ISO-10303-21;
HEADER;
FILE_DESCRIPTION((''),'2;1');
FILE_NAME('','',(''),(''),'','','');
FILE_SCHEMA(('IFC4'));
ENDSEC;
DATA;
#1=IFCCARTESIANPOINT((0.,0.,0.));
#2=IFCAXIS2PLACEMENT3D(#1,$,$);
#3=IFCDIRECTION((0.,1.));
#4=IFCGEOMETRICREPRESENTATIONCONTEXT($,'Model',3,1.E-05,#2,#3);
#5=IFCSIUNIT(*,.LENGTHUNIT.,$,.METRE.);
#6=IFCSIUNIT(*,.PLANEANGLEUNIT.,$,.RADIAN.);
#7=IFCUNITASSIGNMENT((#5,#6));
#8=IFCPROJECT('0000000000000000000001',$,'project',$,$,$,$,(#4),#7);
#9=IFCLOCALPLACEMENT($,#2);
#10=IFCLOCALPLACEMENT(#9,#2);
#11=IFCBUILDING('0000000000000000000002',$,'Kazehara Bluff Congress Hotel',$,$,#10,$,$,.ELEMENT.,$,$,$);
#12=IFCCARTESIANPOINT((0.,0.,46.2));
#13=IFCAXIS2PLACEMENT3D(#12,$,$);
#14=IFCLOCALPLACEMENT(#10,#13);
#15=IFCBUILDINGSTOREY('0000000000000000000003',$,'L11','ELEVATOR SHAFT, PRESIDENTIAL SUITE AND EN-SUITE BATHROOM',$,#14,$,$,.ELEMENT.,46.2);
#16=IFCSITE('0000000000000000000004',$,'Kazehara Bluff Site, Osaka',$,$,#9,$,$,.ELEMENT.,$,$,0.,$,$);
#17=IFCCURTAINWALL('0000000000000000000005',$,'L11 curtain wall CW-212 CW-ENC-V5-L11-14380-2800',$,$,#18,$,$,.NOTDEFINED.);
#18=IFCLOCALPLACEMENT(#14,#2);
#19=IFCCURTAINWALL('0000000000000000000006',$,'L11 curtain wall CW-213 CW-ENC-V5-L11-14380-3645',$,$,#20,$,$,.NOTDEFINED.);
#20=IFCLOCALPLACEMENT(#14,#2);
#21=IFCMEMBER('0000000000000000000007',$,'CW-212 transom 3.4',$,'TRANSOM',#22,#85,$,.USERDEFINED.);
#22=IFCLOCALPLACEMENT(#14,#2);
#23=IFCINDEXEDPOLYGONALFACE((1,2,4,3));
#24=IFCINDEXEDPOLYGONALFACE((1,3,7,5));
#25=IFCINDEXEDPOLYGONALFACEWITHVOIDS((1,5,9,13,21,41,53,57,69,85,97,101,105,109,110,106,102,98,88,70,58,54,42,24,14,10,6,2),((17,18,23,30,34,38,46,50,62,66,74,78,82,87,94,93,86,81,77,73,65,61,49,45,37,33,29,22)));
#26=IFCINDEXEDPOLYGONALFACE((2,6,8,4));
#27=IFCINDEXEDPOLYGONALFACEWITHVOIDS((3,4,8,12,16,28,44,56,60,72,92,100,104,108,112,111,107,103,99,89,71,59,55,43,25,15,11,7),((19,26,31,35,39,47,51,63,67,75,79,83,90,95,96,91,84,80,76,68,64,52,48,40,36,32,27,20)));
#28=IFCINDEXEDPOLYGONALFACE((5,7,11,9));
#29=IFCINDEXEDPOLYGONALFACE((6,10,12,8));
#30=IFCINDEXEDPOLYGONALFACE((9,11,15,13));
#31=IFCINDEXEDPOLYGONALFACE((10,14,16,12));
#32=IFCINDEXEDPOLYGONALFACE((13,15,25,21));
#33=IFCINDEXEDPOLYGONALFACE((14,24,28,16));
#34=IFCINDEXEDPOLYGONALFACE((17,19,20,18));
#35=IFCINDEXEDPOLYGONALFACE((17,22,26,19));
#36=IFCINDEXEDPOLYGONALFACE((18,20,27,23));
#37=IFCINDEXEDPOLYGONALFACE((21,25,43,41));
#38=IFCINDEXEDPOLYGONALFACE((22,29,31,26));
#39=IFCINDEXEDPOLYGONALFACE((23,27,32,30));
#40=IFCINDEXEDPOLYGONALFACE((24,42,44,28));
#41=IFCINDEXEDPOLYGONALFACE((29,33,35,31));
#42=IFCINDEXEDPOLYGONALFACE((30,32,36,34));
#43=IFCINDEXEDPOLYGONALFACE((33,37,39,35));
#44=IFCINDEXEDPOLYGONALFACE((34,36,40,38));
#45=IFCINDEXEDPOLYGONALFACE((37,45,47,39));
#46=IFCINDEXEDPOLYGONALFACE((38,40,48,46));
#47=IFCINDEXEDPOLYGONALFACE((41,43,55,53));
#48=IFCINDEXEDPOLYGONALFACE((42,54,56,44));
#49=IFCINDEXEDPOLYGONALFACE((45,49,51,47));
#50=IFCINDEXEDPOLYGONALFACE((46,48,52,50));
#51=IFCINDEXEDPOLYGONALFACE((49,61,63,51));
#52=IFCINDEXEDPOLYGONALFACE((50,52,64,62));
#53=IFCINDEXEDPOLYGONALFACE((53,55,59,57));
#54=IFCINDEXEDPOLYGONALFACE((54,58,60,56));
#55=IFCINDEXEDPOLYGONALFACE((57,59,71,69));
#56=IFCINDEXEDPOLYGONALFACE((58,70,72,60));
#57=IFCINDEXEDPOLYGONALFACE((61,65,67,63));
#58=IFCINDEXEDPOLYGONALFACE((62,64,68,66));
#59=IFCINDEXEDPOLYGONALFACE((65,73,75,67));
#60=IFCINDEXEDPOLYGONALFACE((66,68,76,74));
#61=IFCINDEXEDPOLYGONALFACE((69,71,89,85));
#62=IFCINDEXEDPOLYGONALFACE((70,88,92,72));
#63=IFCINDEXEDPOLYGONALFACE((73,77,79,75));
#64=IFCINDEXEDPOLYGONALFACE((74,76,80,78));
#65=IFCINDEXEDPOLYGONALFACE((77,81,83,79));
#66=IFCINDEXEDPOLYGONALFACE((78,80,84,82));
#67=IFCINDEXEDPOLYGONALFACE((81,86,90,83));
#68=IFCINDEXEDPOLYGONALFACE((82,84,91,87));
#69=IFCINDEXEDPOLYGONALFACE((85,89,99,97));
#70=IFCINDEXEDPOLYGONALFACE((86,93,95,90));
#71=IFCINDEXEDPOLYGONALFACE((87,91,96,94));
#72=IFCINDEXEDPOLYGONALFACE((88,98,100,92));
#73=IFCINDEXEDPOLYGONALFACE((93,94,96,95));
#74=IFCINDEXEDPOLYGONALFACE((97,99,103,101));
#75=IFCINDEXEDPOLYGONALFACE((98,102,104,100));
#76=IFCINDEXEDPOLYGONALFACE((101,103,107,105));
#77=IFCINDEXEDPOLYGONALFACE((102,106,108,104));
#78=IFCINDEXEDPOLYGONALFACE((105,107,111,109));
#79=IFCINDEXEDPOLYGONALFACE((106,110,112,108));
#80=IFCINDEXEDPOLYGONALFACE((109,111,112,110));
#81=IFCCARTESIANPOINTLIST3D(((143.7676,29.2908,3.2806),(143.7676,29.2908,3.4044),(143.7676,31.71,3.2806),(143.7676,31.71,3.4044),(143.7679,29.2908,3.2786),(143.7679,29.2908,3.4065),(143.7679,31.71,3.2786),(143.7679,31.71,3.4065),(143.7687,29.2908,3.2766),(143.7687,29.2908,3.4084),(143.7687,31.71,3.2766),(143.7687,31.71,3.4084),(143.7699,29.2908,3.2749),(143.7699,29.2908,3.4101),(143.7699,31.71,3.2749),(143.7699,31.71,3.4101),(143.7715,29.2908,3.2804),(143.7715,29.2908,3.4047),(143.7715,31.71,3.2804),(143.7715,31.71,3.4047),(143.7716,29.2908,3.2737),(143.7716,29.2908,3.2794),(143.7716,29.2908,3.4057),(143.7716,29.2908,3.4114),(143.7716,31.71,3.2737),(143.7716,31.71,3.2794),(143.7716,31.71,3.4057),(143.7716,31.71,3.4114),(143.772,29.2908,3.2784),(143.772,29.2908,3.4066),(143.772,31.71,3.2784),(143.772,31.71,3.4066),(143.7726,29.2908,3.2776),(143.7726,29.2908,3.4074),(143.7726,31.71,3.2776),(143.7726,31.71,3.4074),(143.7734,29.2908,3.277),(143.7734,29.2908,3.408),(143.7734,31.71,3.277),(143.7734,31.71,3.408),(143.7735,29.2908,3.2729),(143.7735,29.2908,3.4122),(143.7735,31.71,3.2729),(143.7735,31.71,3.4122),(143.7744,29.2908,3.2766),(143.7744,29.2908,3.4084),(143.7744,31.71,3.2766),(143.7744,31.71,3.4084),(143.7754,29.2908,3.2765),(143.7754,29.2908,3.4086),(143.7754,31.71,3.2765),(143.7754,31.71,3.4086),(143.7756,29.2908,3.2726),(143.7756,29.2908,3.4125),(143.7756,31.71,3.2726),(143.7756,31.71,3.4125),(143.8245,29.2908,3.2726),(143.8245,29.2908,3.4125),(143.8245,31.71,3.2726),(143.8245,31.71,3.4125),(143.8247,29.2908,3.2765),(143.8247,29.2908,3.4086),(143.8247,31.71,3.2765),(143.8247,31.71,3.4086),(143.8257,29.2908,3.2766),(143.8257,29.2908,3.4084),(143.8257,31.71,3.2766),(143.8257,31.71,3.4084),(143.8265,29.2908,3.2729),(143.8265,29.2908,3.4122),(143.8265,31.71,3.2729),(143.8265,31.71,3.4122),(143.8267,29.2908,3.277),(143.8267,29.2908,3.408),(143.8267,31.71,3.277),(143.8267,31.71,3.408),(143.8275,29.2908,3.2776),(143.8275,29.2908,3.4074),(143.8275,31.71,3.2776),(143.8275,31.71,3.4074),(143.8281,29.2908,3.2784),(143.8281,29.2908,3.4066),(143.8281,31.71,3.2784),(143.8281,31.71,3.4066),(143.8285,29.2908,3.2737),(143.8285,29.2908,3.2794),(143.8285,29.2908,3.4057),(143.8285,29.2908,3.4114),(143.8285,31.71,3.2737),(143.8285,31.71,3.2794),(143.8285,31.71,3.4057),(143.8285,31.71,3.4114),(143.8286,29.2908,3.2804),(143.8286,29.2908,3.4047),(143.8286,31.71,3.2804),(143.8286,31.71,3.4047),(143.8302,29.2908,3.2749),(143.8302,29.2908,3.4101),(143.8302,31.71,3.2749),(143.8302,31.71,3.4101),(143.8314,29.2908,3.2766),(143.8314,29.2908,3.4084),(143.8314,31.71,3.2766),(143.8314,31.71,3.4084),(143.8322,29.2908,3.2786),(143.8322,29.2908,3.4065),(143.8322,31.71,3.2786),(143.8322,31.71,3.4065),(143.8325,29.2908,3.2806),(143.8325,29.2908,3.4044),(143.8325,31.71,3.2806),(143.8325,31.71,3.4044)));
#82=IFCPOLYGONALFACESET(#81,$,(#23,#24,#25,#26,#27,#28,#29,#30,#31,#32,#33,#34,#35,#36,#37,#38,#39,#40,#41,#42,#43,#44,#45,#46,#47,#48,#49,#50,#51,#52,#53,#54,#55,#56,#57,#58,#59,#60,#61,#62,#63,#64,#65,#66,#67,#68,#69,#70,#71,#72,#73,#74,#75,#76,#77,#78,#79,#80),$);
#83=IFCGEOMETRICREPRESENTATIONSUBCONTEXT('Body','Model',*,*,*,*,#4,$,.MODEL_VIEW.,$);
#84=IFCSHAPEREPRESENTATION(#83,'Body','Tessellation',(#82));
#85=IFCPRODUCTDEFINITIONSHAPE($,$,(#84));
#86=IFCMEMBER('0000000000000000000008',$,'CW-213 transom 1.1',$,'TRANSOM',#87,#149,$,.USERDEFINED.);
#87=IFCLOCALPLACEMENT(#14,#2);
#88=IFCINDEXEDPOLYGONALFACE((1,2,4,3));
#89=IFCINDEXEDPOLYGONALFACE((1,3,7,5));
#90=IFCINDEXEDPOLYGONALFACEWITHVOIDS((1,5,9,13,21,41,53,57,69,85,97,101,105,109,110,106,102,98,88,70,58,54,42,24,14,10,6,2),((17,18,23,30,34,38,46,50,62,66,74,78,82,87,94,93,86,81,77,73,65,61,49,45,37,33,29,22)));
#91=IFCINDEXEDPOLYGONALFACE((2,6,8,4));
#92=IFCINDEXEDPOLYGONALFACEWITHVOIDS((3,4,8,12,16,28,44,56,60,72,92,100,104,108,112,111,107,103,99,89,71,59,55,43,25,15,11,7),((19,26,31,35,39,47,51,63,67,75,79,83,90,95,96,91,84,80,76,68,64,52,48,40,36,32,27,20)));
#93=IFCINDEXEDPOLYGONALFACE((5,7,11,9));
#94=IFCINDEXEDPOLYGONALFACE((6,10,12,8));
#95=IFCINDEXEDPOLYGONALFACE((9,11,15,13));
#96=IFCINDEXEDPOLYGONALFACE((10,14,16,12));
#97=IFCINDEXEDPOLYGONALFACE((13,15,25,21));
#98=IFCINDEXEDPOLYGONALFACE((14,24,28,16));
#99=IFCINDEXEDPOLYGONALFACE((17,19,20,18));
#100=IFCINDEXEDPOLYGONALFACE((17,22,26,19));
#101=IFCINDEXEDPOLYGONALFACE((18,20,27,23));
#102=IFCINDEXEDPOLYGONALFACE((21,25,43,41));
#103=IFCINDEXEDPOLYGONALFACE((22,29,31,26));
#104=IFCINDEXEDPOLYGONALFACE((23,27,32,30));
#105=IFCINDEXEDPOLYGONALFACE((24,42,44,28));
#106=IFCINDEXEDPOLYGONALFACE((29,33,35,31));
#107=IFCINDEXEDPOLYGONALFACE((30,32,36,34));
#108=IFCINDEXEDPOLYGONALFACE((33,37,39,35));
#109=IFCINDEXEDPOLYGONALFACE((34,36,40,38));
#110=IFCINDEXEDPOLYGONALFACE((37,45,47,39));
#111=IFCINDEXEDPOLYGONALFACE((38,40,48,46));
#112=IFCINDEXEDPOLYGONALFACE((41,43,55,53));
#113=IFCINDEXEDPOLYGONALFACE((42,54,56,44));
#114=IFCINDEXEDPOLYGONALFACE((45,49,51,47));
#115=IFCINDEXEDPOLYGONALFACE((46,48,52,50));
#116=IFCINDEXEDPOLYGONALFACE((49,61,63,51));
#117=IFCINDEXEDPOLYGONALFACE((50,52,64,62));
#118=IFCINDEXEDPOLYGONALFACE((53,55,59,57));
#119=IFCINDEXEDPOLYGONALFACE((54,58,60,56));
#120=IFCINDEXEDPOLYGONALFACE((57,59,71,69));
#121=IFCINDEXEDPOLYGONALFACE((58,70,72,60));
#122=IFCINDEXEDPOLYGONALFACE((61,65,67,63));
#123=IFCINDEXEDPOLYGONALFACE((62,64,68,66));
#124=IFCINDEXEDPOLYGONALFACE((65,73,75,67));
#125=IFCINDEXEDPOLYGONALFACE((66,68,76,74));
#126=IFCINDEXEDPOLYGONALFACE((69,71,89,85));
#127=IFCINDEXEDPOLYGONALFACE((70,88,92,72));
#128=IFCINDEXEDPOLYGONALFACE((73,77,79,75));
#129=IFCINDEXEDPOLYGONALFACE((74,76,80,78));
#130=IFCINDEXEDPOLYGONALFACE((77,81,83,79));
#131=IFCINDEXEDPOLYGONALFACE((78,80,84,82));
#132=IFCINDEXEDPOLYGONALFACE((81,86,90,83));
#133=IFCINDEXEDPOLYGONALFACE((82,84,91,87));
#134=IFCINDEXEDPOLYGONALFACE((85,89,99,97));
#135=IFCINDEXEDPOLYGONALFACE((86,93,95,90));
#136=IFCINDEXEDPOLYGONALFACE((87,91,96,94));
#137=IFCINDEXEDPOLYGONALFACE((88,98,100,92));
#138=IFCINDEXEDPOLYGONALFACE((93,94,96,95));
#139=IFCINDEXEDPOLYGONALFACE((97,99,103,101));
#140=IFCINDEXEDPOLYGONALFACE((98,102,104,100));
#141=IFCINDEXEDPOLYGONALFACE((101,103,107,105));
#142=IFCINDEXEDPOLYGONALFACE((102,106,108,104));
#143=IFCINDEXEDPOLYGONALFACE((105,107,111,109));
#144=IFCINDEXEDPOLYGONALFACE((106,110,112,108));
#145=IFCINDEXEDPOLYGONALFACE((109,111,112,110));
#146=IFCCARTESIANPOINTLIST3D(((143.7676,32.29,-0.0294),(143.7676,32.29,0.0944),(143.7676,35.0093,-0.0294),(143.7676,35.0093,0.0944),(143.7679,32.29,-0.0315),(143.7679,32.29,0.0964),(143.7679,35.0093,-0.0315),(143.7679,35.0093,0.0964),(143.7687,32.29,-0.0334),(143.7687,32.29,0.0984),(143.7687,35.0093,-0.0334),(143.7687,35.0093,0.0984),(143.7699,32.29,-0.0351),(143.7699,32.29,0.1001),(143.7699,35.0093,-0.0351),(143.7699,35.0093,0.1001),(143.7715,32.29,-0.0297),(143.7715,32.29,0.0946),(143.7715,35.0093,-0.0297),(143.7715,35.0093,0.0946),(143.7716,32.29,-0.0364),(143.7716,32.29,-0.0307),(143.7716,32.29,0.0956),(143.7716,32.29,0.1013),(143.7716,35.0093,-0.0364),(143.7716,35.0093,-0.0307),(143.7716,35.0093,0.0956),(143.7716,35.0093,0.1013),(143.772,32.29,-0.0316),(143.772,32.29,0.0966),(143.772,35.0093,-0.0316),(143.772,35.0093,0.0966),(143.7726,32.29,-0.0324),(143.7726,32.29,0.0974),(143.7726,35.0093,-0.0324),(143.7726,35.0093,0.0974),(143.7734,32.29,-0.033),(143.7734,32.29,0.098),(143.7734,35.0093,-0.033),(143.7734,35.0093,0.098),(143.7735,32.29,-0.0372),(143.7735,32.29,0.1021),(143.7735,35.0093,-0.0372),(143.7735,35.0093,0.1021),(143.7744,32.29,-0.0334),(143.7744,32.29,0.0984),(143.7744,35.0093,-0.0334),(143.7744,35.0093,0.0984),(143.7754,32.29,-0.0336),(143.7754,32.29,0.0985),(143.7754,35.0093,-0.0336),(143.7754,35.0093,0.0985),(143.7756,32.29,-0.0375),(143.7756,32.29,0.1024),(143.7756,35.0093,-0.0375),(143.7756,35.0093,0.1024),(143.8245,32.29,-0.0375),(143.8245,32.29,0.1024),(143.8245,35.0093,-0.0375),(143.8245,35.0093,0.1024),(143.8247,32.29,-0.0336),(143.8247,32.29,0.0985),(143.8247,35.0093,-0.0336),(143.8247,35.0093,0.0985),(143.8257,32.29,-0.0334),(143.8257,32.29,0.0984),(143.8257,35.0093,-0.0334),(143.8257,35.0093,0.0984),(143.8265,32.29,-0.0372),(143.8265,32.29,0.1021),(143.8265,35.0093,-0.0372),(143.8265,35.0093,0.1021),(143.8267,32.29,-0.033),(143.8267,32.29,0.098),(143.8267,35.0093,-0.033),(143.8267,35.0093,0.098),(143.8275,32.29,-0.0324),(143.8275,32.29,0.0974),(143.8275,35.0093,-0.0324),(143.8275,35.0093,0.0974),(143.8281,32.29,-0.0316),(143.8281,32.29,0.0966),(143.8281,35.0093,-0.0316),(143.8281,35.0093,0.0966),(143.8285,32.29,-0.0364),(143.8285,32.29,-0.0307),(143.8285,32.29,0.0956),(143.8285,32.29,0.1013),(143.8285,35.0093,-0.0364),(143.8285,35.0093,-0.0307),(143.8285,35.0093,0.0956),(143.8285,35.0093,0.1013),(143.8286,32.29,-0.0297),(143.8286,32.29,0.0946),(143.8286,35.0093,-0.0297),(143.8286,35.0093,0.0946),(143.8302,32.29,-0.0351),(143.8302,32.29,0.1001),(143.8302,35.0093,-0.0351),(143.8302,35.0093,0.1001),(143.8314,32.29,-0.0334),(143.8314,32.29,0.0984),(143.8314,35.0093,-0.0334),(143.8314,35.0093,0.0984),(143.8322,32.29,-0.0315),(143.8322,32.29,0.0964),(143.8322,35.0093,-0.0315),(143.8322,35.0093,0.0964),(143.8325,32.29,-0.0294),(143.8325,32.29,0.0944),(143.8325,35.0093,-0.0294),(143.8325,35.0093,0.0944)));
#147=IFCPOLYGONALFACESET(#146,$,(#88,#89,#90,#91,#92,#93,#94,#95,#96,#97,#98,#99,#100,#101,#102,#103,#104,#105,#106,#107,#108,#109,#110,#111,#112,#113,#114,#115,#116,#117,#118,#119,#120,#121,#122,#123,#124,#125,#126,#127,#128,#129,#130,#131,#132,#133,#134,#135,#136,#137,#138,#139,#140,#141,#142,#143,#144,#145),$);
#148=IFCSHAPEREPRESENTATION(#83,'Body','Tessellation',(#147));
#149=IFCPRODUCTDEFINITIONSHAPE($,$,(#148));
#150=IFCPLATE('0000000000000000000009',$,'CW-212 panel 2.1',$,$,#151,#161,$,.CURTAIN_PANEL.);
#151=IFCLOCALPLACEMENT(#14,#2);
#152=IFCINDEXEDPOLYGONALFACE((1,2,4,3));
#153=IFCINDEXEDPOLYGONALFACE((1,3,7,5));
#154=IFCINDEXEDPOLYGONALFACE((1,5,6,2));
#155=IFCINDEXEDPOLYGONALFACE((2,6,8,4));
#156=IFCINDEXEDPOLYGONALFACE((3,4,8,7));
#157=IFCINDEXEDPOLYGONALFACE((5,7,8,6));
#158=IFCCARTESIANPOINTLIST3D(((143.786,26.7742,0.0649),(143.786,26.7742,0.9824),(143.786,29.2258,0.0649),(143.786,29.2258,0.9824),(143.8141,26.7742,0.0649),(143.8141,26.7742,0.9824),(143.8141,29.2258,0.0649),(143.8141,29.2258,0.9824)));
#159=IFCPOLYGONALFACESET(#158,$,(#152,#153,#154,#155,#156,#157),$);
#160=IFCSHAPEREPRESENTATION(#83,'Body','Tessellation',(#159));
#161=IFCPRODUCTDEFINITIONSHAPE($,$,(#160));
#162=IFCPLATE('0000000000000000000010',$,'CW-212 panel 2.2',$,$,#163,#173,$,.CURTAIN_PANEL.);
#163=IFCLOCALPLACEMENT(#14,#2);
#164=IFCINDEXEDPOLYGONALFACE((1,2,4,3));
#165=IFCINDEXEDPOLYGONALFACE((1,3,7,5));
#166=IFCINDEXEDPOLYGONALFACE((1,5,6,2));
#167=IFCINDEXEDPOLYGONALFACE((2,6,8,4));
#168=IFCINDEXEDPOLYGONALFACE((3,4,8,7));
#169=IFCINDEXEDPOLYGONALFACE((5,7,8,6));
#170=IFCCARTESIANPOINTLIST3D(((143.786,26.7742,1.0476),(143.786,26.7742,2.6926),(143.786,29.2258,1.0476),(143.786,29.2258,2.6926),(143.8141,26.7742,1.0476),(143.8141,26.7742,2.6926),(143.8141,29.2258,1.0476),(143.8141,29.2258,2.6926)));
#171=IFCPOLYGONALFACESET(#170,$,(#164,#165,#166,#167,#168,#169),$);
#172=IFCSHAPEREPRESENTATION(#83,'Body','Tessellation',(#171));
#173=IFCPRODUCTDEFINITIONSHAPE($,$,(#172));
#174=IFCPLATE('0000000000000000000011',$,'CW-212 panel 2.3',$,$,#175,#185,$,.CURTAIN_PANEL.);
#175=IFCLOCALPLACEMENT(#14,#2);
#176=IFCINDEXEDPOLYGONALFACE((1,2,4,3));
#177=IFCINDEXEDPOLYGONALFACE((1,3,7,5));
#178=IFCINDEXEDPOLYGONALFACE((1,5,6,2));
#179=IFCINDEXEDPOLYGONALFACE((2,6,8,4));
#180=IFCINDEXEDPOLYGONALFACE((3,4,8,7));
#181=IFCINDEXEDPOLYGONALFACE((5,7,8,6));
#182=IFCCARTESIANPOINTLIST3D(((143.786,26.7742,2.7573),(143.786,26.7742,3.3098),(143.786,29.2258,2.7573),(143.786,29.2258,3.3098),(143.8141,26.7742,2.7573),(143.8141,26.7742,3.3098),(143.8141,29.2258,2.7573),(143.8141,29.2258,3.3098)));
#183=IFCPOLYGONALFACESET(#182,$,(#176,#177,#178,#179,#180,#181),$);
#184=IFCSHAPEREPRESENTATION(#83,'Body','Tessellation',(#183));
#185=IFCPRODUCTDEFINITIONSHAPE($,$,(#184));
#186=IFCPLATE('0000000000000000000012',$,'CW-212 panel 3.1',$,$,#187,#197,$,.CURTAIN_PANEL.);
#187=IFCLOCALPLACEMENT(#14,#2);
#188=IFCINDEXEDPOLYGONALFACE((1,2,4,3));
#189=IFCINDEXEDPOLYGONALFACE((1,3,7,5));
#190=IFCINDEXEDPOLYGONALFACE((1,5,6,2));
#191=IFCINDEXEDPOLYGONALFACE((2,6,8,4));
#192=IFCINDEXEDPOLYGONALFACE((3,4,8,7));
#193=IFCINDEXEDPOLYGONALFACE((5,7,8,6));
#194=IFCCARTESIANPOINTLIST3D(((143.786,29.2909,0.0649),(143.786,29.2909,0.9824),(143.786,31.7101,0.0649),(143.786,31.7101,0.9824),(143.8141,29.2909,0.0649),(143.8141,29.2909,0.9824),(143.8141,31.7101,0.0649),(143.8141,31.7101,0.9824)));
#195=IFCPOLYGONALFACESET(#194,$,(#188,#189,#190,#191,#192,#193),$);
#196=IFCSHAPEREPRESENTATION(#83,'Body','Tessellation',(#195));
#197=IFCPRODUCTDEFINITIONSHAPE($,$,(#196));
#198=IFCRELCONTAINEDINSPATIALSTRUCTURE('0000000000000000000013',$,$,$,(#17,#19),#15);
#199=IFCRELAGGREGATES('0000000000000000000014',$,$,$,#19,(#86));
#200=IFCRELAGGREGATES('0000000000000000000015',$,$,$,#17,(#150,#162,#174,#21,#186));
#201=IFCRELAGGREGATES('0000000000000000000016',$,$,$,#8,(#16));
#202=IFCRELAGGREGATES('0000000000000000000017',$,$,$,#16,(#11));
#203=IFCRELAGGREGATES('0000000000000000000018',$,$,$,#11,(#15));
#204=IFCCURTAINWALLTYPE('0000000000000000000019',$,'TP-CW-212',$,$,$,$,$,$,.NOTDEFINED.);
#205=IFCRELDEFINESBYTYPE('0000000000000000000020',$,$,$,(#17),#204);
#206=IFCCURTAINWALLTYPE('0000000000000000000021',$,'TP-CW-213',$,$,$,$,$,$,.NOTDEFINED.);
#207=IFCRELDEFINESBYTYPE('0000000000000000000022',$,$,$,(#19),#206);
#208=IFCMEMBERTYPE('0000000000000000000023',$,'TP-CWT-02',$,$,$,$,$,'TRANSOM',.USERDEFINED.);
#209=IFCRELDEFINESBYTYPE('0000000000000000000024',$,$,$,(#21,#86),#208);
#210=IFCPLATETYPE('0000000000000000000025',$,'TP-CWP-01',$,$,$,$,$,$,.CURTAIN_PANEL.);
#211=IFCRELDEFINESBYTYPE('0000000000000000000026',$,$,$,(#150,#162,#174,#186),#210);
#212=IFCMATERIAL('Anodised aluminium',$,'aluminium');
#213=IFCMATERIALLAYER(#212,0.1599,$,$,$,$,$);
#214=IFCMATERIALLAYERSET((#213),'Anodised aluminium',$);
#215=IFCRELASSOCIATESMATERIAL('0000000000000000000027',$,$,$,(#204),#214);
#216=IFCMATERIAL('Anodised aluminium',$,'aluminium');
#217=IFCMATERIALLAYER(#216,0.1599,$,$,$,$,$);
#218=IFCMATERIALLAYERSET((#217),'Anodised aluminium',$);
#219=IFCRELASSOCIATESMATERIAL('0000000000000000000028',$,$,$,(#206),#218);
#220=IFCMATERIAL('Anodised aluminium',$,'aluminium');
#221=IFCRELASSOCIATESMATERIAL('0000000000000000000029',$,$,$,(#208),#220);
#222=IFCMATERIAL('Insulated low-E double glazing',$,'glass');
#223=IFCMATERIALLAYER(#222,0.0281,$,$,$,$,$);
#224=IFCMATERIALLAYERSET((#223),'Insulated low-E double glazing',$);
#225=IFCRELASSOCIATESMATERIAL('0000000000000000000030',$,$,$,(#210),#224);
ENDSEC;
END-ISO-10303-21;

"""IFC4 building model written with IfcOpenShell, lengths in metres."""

from ifc_helpers import new_model, si_unit, direction, frame, origin, origin_2d, place, context, subcontext, project, spatial, rectangle, hollow_rectangle, extrude, material, layer, layer_set, material_profile, profile_set, type_object, element, aggregate, save


model = new_model("IFC4")

# Units and contexts
model_context = context("Model", 3, precision=1e-05, world=origin(), true_north=direction((0.0, 1.0)))
body_context = subcontext(model_context, "Body", "Model", "MODEL_VIEW")
ifc_project = project(units=[si_unit("LENGTHUNIT", "METRE"), si_unit("PLANEANGLEUNIT", "RADIAN")], contexts=[model_context])

# Site, building, storey
site_placement = place(None, origin())
site = spatial("IfcSite", under=ifc_project, at=site_placement, Name="Kazehara Bluff Site, Osaka", CompositionType="ELEMENT", RefElevation=0.0)
building_placement = place(site_placement, origin())
building = spatial("IfcBuilding", under=site, at=building_placement, Name="Kazehara Bluff Congress Hotel", CompositionType="ELEMENT")
storey_placement = place(building_placement, frame((0.0, 0.0, 46.2)))
storey = spatial("IfcBuildingStorey", under=building, at=storey_placement, Name="L11", Description="ELEVATOR SHAFT, PRESIDENTIAL SUITE AND EN-SUITE BATHROOM", CompositionType="ELEMENT", Elevation=46.2)

# Curtain walls
ifc_material_1 = material(Name="Anodised aluminium", Category="aluminium")
ifc_layer_1 = layer(ifc_material_1, 0.1599)
ifc_layer_set_1 = layer_set([ifc_layer_1], Name="Anodised aluminium")
curtain_wall_type_1 = type_object("IfcCurtainWallType", Name="TP-CW-212", PredefinedType="NOTDEFINED", material=ifc_layer_set_1)
curtain_wall_1_placement = place(storey_placement, origin())
curtain_wall_1 = element("IfcCurtainWall", 1, at=curtain_wall_1_placement, inside=storey, type_object=curtain_wall_type_1, Name="L11 curtain wall CW-212 CW-ENC-V5-L11-14380-2800", PredefinedType="NOTDEFINED")
ifc_material_2 = material(Name="Anodised aluminium", Category="aluminium")
ifc_layer_2 = layer(ifc_material_2, 0.1599)
ifc_layer_set_2 = layer_set([ifc_layer_2], Name="Anodised aluminium")
curtain_wall_type_2 = type_object("IfcCurtainWallType", Name="TP-CW-213", PredefinedType="NOTDEFINED", material=ifc_layer_set_2)
curtain_wall_2_placement = place(storey_placement, origin())
curtain_wall_2 = element("IfcCurtainWall", 2, at=curtain_wall_2_placement, inside=storey, type_object=curtain_wall_type_2, Name="L11 curtain wall CW-213 CW-ENC-V5-L11-14380-3645", PredefinedType="NOTDEFINED")

# Members
ifc_material_3 = material(Name="Anodised aluminium", Category="aluminium")
ifc_material_profile_1 = material_profile(ifc_material_3, hollow_rectangle(XDim=0.0649, YDim=0.1399, WallThickness=0.0039, InnerFilletRadius=0.0039, OuterFilletRadius=0.0081, at=origin_2d()))
ifc_profile_set_1 = profile_set([ifc_material_profile_1], Name="Anodised aluminium")
member_type_1 = type_object("IfcMemberType", Name="TP-CWT-02", ElementType="TRANSOM", PredefinedType="USERDEFINED", material=ifc_profile_set_1)
member_1_placement = place(storey_placement, frame((143.8, 29.2908, 3.3425), z_axis=(0.0, 1.0, 0.0), x_axis=(-1.0, 0.0, 0.0)))
member_1 = element("IfcMember", 3, at=member_1_placement, type_object=member_type_1, Name="CW-212 transom 3.4", ObjectType="TRANSOM", PredefinedType="USERDEFINED", context=body_context, shape_type="SweptSolid", body=[
    extrude(hollow_rectangle(XDim=0.0649, YDim=0.1399, WallThickness=0.0039, InnerFilletRadius=0.0039, OuterFilletRadius=0.0081, at=origin_2d()), origin(), (0.0, 0.0, 1.0), 2.4192),
])
member_2_placement = place(storey_placement, frame((143.8, 32.29, 0.0325), z_axis=(0.0, 1.0, 0.0), x_axis=(-1.0, 0.0, 0.0)))
member_2 = element("IfcMember", 4, at=member_2_placement, type_object=member_type_1, Name="CW-213 transom 1.1", ObjectType="TRANSOM", PredefinedType="USERDEFINED", context=body_context, shape_type="SweptSolid", body=[
    extrude(hollow_rectangle(XDim=0.0649, YDim=0.1399, WallThickness=0.0039, InnerFilletRadius=0.0039, OuterFilletRadius=0.0081, at=origin_2d()), origin(), (0.0, 0.0, 1.0), 2.7192),
])
aggregate(curtain_wall_2, [member_2])

# Plates
ifc_material_4 = material(Name="Insulated low-E double glazing", Category="glass")
ifc_layer_3 = layer(ifc_material_4, 0.0281)
ifc_layer_set_3 = layer_set([ifc_layer_3], Name="Insulated low-E double glazing")
plate_type = type_object("IfcPlateType", Name="TP-CWP-01", PredefinedType="CURTAIN_PANEL", material=ifc_layer_set_3)
plate_1_placement = place(storey_placement, frame((143.8, 28.0, 0.0649), z_axis=(0.0, 0.0, 1.0), x_axis=(0.0, 1.0, 0.0)))
plate_1 = element("IfcPlate", 5, at=plate_1_placement, type_object=plate_type, Name="CW-212 panel 2.1", PredefinedType="CURTAIN_PANEL", context=body_context, shape_type="SweptSolid", body=[
    extrude(rectangle(XDim=2.4517, YDim=0.0281, at=origin_2d()), origin(), (0.0, 0.0, 1.0), 0.9175),
])
plate_2_placement = place(storey_placement, frame((143.8, 28.0, 1.0476), z_axis=(0.0, 0.0, 1.0), x_axis=(0.0, 1.0, 0.0)))
plate_2 = element("IfcPlate", 6, at=plate_2_placement, type_object=plate_type, Name="CW-212 panel 2.2", PredefinedType="CURTAIN_PANEL", context=body_context, shape_type="SweptSolid", body=[
    extrude(rectangle(XDim=2.4517, YDim=0.0281, at=origin_2d()), origin(), (0.0, 0.0, 1.0), 1.645),
])
plate_3_placement = place(storey_placement, frame((143.8, 28.0, 2.7573), z_axis=(0.0, 0.0, 1.0), x_axis=(0.0, 1.0, 0.0)))
plate_3 = element("IfcPlate", 7, at=plate_3_placement, type_object=plate_type, Name="CW-212 panel 2.3", PredefinedType="CURTAIN_PANEL", context=body_context, shape_type="SweptSolid", body=[
    extrude(rectangle(XDim=2.4517, YDim=0.0281, at=origin_2d()), origin(), (0.0, 0.0, 1.0), 0.5525),
])
plate_4_placement = place(storey_placement, frame((143.8, 30.5005, 0.0649), z_axis=(0.0, 0.0, 1.0), x_axis=(0.0, 1.0, 0.0)))
plate_4 = element("IfcPlate", 8, at=plate_4_placement, type_object=plate_type, Name="CW-212 panel 3.1", PredefinedType="CURTAIN_PANEL", context=body_context, shape_type="SweptSolid", body=[
    extrude(rectangle(XDim=2.4192, YDim=0.0281, at=origin_2d()), origin(), (0.0, 0.0, 1.0), 0.9175),
])
aggregate(curtain_wall_1, [plate_1, plate_2, plate_3, member_1, plate_4])

save(model, "model.ifc")
